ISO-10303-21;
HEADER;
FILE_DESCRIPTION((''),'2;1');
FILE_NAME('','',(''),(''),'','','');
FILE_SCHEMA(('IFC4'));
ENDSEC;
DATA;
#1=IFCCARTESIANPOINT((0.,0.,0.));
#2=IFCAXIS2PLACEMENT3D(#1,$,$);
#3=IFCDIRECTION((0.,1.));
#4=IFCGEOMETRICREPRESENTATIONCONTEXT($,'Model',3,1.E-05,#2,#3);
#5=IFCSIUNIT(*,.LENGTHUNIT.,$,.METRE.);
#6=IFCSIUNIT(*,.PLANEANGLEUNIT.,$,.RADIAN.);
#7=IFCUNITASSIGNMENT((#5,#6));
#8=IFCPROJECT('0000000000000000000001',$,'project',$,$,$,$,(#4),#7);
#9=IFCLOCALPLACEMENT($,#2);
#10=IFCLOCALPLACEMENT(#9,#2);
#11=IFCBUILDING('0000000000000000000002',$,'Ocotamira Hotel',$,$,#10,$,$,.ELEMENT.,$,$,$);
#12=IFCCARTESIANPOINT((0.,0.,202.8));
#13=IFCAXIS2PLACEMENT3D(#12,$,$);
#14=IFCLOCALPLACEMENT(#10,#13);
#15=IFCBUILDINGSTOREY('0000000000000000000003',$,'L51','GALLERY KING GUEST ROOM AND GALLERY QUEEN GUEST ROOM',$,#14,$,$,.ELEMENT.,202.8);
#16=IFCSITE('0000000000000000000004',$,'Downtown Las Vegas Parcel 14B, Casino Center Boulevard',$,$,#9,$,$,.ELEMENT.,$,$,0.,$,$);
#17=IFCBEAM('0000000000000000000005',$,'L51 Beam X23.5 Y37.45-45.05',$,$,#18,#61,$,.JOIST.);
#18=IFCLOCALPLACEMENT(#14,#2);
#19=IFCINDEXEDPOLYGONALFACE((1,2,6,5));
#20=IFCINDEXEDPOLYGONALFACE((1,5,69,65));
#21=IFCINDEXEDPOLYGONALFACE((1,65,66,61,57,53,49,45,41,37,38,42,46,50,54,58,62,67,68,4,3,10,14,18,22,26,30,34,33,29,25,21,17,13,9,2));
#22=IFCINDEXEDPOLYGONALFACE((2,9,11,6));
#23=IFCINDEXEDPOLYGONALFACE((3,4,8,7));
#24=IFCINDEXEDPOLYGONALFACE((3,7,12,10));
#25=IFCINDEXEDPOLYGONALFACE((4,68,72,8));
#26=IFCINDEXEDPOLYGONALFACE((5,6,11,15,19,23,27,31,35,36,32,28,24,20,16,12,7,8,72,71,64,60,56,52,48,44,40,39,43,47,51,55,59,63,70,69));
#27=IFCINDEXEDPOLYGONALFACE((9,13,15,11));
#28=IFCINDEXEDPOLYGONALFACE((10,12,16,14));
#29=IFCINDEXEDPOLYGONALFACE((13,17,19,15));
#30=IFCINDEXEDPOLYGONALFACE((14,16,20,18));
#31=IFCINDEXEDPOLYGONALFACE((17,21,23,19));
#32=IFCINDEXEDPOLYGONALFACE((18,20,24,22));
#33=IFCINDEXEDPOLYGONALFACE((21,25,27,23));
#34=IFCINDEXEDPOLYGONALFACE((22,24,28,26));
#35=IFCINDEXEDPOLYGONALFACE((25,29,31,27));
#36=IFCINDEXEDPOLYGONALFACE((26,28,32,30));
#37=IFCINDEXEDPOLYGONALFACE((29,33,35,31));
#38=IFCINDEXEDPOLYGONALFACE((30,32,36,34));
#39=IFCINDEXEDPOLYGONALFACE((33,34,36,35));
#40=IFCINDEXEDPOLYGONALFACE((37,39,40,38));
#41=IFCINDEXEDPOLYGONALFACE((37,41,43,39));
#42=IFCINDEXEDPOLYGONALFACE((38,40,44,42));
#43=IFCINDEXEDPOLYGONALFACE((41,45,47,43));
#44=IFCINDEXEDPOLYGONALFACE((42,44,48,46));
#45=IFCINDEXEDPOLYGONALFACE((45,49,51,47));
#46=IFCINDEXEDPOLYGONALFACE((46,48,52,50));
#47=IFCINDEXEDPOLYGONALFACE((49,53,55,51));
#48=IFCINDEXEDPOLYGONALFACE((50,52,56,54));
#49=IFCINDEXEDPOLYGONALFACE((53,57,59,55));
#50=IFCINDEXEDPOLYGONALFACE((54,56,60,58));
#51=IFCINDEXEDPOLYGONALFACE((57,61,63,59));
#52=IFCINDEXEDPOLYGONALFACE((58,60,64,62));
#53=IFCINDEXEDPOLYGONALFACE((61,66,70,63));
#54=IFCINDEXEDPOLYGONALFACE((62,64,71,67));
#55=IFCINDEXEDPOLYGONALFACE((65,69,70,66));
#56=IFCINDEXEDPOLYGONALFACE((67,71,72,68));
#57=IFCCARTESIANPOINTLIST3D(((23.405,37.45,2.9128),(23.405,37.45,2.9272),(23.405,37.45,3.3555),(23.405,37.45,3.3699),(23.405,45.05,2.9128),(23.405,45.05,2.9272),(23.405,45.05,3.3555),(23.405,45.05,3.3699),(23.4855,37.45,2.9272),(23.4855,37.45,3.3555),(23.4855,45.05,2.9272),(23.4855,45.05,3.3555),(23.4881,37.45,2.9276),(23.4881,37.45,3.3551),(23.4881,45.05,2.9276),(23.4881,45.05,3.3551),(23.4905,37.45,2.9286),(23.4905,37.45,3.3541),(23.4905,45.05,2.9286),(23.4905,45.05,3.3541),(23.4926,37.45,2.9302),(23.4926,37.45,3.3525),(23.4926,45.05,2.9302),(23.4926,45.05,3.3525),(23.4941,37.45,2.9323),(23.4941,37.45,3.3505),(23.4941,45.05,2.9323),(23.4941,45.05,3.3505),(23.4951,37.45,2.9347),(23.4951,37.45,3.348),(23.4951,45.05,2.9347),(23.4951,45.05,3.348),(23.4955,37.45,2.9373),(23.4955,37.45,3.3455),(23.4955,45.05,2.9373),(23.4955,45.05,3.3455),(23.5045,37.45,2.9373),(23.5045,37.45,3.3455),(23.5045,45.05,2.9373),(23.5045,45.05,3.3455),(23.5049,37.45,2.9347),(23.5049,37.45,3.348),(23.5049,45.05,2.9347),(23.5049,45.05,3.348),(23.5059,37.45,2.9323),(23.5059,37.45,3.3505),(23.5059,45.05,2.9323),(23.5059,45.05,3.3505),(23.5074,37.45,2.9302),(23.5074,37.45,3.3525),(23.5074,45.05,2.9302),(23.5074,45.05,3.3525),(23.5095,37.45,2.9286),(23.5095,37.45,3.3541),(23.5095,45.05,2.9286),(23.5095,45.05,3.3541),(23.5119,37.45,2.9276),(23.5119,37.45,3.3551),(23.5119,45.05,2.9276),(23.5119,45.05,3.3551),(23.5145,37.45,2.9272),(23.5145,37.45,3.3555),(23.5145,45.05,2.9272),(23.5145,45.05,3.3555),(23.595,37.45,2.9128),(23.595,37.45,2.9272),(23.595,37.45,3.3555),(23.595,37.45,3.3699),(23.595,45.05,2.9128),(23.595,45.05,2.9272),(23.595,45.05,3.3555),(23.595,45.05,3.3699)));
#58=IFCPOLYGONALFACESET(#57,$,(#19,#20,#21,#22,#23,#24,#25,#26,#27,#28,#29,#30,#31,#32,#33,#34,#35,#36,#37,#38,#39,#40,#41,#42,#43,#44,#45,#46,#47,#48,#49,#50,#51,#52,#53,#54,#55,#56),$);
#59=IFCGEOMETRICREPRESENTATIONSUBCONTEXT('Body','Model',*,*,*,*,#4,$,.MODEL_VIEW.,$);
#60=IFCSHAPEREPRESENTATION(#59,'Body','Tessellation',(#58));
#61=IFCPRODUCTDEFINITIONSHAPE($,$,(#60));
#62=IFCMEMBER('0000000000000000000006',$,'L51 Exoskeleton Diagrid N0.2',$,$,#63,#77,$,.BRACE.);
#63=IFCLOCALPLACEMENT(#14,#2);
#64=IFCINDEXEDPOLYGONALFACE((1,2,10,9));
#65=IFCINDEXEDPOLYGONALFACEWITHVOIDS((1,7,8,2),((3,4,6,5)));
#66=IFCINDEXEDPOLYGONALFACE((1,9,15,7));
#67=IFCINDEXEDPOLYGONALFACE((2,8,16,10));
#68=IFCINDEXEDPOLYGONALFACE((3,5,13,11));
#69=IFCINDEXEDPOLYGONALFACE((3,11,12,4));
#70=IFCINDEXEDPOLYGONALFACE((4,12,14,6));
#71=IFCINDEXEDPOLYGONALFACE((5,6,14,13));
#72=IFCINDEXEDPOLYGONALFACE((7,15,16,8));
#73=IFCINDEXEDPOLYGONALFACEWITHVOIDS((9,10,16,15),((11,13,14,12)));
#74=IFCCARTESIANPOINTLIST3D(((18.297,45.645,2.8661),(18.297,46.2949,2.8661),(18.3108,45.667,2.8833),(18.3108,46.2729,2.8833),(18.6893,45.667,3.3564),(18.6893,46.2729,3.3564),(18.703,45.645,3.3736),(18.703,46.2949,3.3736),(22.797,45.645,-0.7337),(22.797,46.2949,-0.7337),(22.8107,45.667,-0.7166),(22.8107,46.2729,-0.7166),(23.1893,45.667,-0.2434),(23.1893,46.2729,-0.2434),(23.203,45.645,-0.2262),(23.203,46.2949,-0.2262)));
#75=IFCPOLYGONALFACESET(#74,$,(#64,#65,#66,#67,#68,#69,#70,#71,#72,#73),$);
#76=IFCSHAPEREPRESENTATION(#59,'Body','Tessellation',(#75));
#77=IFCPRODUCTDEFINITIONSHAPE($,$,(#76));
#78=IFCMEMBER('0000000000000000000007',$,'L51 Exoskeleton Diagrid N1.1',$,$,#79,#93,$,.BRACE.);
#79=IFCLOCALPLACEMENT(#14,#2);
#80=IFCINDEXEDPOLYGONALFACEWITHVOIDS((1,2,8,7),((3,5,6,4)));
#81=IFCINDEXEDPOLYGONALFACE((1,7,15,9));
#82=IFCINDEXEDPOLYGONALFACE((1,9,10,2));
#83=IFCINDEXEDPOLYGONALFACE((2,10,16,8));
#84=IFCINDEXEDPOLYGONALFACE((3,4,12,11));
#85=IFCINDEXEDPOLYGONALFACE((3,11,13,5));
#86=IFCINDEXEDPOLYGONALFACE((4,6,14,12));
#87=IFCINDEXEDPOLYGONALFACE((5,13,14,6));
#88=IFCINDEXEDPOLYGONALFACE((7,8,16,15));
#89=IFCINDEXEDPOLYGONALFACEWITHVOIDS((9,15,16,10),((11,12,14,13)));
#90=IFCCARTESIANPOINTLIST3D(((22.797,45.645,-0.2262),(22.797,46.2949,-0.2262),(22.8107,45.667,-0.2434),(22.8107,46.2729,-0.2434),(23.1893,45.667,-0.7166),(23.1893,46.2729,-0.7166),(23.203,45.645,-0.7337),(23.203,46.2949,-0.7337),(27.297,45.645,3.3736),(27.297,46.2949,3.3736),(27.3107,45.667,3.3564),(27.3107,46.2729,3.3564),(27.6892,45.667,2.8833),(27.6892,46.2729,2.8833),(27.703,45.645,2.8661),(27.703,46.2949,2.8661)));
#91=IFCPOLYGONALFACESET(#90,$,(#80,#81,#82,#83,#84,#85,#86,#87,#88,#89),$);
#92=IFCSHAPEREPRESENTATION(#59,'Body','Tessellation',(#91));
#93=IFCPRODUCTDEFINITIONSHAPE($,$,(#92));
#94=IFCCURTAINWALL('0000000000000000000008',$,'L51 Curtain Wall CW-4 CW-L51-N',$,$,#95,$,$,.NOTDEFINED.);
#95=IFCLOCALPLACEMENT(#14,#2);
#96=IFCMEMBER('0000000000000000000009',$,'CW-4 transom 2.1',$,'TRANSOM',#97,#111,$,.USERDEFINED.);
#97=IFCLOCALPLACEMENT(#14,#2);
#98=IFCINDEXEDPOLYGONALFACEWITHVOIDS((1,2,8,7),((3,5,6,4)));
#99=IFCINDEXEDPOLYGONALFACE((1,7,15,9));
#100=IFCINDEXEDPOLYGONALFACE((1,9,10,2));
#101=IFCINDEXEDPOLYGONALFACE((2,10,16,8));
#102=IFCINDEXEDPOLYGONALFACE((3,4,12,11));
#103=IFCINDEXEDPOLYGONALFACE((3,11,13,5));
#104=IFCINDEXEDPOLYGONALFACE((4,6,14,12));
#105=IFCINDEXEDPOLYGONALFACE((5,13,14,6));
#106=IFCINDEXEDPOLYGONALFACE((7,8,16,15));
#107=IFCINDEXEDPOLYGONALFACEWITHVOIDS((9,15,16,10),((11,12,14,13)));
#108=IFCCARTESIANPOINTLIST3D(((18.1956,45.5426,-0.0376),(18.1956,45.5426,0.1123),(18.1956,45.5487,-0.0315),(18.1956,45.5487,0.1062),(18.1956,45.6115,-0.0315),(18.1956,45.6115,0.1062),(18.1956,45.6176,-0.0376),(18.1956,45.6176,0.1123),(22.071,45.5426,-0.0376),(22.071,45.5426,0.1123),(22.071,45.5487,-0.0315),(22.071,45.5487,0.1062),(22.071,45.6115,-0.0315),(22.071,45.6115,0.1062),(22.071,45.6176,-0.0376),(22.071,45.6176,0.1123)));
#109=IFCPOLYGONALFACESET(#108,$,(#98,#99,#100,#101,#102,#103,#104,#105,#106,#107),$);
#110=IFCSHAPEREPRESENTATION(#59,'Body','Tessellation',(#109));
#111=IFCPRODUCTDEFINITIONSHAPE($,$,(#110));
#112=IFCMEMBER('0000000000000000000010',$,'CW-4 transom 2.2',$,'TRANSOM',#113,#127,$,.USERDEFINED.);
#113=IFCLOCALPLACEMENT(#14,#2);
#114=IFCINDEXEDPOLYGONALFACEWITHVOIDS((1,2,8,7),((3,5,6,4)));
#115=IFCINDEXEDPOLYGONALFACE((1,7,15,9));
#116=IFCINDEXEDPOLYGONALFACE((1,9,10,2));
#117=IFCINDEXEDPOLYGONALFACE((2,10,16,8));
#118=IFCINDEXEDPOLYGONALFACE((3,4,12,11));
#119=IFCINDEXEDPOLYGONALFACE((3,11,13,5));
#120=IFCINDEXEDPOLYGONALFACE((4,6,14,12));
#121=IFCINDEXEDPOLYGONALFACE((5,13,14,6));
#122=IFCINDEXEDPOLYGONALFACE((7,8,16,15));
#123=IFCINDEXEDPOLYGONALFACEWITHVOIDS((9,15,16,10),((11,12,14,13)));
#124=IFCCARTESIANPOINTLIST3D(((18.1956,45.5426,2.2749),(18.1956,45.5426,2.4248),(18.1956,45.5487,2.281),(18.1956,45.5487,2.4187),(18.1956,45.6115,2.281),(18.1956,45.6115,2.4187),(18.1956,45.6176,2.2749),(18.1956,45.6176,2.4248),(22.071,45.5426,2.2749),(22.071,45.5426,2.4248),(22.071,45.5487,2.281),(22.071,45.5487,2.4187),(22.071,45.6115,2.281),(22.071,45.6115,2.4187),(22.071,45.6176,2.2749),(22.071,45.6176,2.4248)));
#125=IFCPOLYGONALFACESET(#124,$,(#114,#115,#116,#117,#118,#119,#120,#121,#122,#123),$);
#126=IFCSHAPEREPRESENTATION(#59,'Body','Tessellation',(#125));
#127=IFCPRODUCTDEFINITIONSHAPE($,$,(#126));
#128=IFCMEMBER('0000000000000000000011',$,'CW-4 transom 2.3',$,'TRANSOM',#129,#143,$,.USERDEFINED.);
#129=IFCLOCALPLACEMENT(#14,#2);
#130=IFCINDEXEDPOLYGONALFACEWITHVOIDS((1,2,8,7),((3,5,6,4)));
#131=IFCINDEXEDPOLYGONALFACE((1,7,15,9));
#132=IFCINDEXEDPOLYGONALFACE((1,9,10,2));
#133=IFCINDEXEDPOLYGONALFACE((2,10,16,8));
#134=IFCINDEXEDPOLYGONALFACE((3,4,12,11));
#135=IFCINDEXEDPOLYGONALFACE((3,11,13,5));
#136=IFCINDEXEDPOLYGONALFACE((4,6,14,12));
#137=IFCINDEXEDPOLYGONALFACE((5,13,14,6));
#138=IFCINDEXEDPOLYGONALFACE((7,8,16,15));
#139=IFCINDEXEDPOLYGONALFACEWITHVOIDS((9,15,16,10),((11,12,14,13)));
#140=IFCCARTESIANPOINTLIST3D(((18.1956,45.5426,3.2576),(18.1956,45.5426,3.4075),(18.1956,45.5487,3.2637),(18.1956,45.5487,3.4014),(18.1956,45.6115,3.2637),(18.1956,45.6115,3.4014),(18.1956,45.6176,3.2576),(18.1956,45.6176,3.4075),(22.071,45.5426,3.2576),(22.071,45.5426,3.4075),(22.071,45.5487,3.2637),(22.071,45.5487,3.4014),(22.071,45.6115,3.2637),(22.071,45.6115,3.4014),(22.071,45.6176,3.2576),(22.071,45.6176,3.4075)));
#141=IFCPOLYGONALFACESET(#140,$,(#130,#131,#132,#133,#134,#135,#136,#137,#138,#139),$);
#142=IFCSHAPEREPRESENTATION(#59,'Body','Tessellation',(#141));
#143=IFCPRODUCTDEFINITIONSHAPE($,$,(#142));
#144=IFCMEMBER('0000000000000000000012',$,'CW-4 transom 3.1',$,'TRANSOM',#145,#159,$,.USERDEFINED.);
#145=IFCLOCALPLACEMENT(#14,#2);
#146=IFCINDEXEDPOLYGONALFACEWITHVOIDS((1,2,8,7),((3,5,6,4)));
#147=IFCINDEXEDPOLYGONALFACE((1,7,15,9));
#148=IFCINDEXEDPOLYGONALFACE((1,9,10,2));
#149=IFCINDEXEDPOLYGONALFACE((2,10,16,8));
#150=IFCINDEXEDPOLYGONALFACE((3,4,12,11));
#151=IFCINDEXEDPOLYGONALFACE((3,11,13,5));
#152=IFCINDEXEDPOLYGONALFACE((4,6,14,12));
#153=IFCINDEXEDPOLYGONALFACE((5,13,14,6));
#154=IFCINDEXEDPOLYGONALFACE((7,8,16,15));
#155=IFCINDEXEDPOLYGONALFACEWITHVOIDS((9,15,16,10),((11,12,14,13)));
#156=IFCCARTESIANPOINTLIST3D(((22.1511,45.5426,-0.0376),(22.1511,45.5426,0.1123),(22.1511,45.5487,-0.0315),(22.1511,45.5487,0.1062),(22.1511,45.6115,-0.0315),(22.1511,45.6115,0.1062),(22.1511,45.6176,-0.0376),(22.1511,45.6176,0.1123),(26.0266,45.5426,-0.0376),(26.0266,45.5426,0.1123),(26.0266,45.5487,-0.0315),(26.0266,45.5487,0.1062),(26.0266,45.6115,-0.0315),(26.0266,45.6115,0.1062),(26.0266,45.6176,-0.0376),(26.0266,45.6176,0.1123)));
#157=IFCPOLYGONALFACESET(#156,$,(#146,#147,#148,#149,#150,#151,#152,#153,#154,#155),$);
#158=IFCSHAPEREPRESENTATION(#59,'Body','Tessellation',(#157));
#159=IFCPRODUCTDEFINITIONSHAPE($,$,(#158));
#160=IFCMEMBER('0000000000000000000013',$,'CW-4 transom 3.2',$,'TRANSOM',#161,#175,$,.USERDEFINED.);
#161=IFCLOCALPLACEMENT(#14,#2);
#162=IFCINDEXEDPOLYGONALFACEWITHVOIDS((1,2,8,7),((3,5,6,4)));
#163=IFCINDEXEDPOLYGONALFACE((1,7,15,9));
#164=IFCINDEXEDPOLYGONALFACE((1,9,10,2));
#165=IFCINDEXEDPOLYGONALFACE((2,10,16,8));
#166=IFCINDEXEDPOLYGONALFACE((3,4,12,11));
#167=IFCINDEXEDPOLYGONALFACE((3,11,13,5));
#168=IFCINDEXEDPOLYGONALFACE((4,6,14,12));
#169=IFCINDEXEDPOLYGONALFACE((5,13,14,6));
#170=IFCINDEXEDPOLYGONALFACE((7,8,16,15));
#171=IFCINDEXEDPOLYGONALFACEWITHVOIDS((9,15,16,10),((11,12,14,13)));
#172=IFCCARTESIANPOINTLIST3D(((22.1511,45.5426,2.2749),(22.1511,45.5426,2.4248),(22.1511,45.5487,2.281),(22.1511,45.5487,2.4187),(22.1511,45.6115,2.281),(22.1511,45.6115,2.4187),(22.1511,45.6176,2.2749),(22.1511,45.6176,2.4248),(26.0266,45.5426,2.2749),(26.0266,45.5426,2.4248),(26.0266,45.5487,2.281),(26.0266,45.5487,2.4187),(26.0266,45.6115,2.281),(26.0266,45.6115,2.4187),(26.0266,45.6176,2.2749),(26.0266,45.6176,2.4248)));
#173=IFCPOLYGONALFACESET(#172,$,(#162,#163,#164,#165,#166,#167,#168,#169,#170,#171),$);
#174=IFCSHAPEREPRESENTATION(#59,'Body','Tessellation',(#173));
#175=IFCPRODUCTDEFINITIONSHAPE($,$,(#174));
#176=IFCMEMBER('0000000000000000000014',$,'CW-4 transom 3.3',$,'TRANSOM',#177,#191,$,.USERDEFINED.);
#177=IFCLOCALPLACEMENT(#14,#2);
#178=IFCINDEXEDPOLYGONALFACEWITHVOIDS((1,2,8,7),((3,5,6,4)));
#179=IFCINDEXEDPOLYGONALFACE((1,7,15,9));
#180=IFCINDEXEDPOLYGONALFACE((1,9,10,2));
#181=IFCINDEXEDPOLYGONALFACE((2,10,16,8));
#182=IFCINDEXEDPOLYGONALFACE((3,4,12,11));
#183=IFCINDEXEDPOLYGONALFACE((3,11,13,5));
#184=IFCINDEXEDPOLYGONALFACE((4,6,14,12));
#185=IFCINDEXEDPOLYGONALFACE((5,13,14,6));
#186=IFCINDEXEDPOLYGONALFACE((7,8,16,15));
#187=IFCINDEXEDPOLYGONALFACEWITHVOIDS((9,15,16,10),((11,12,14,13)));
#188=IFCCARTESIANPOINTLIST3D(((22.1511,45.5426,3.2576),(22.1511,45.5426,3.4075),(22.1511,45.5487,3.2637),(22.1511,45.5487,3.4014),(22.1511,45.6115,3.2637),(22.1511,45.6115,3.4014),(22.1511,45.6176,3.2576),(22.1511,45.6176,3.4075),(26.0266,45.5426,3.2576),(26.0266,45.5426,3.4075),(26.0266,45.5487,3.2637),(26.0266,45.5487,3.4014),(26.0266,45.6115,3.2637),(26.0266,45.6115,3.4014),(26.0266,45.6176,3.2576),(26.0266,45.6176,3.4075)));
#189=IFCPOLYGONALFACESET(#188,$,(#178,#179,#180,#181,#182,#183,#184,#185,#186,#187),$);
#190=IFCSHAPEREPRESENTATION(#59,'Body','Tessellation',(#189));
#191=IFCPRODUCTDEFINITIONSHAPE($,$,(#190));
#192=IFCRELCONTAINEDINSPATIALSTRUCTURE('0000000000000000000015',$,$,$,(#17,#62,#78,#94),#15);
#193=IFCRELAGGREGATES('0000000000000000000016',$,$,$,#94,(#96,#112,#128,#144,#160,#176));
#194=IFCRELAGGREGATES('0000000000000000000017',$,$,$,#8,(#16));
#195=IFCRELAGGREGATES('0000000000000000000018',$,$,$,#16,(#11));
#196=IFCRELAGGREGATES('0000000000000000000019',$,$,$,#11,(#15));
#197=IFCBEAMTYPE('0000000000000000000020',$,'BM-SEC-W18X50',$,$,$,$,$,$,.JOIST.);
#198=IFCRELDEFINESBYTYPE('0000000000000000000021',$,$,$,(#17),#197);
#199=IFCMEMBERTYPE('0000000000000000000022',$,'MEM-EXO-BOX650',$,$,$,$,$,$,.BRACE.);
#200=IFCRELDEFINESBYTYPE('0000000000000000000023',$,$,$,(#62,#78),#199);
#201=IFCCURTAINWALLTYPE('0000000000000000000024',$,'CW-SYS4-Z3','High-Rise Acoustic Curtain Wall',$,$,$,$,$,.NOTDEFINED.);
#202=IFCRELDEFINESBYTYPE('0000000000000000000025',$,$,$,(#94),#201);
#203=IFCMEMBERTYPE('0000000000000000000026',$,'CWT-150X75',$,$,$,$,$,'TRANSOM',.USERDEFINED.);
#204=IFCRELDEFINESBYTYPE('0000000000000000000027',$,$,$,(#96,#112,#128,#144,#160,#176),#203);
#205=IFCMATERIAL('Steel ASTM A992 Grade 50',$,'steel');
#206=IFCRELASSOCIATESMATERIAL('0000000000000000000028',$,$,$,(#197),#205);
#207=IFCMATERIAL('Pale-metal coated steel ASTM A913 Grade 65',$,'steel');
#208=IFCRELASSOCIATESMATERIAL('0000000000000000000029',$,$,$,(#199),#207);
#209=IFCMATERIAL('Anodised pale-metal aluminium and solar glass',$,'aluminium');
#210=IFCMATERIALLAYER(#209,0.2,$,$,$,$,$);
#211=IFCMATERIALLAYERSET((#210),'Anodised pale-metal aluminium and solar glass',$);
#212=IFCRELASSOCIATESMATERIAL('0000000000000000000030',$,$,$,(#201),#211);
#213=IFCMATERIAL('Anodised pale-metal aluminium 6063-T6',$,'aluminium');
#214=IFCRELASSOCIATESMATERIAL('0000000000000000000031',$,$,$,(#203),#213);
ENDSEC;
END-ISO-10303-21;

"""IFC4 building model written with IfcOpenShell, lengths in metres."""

from ifc_helpers import new_model, si_unit, direction, frame, origin, origin_2d, place, context, subcontext, project, spatial, hollow_rectangle, i_section, extrude, source, transform, mapped, material, layer, layer_set, material_profile, profile_set, type_object, element, aggregate, save


model = new_model("IFC4")

# Units and contexts
model_context = context("Model", 3, precision=1e-05, world=origin(), true_north=direction((0.0, 1.0)))
body_context = subcontext(model_context, "Body", "Model", "MODEL_VIEW")
ifc_project = project(units=[si_unit("LENGTHUNIT", "METRE"), si_unit("PLANEANGLEUNIT", "RADIAN")], contexts=[model_context])

# Site, building, storey
site_placement = place(None, origin())
site = spatial("IfcSite", under=ifc_project, at=site_placement, Name="Downtown Las Vegas Parcel 14B, Casino Center Boulevard", CompositionType="ELEMENT", RefElevation=0.0)
building_placement = place(site_placement, origin())
building = spatial("IfcBuilding", under=site, at=building_placement, Name="Ocotamira Hotel", CompositionType="ELEMENT")
storey_placement = place(building_placement, frame((0.0, 0.0, 202.8)))
storey = spatial("IfcBuildingStorey", under=building, at=storey_placement, Name="L51", Description="GALLERY KING GUEST ROOM AND GALLERY QUEEN GUEST ROOM", CompositionType="ELEMENT", Elevation=202.8)

# Beam
ifc_material_1 = material(Name="Steel ASTM A992 Grade 50", Category="steel")
ifc_material_profile_1 = material_profile(ifc_material_1, i_section(OverallWidth=0.1899, OverallDepth=0.457, WebThickness=0.009, FlangeThickness=0.0144, FilletRadius=0.01, at=origin_2d()), Name="W18X50")
ifc_profile_set_1 = profile_set([ifc_material_profile_1], Name="Steel ASTM A992 Grade 50")
beam_type_1 = type_object("IfcBeamType", Name="BM-SEC-W18X50", PredefinedType="JOIST", material=ifc_profile_set_1)
shared_shape_1 = source(origin(), body_context, "Body", "SweptSolid", [
    extrude(i_section(OverallWidth=0.1899, OverallDepth=0.457, WebThickness=0.009, FlangeThickness=0.0144, FilletRadius=0.01, at=origin_2d()), origin(), (0.0, 0.0, 1.0), 7.6001),
])
beam_1_placement = place(storey_placement, frame((23.5, 37.45, 3.1414), z_axis=(0.0, 1.0, 0.0), x_axis=(-1.0, 0.0, 0.0)))
element("IfcBeam", 1, at=beam_1_placement, inside=storey, type_object=beam_type_1, Name="L51 Beam X23.5 Y37.45-45.05", PredefinedType="JOIST", context=body_context, shape_type="MappedRepresentation", body=[
    mapped(shared_shape_1, transform((0.0, 0.0, 0.0), scale=1.0)),
])

# Members
ifc_material_2 = material(Name="Pale-metal coated steel ASTM A913 Grade 65", Category="steel")
ifc_material_profile_2 = material_profile(ifc_material_2, hollow_rectangle(XDim=0.6499, YDim=0.6499, WallThickness=0.022, at=origin_2d()), Name="BOX650X650X22")
ifc_profile_set_2 = profile_set([ifc_material_profile_2], Name="Pale-metal coated steel ASTM A913 Grade 65")
member_type_1 = type_object("IfcMemberType", Name="MEM-EXO-BOX650", PredefinedType="BRACE", material=ifc_profile_set_2)
shared_shape_2 = source(origin(), body_context, "Body", "SweptSolid", [
    extrude(hollow_rectangle(XDim=0.6499, YDim=0.6499, WallThickness=0.022, at=origin_2d()), origin(), (0.0, 0.0, 1.0), 5.7627),
])
for number, where, z_axis, x_axis, name in (
    (2, (23.0, 45.97, -0.48), (-0.780881, 0.0, 0.62468), (0.0, -1.0, 0.0), "L51 Exoskeleton Diagrid N0.2"),
    (3, (23.0, 45.97, -0.48), (0.780881, 0.0, 0.62468), (0.0, 1.0, 0.0), "L51 Exoskeleton Diagrid N1.1"),
):
    element("IfcMember", number, at=place(storey_placement, frame(where, z_axis=z_axis, x_axis=x_axis)), inside=storey, type_object=member_type_1, Name=name, PredefinedType="BRACE", context=body_context, shape_type="MappedRepresentation", body=[
        mapped(shared_shape_2, transform((0.0, 0.0, 0.0), scale=1.0)),
    ])

# Curtain wall, members
ifc_material_3 = material(Name="Anodised pale-metal aluminium and solar glass", Category="aluminium")
ifc_layer_1 = layer(ifc_material_3, 0.2)
ifc_layer_set_1 = layer_set([ifc_layer_1], Name="Anodised pale-metal aluminium and solar glass")
curtain_wall_type = type_object("IfcCurtainWallType", Name="CW-SYS4-Z3", Description="High-Rise Acoustic Curtain Wall", PredefinedType="NOTDEFINED", material=ifc_layer_set_1)
curtain_wall_placement = place(storey_placement, origin())
curtain_wall = element("IfcCurtainWall", 4, at=curtain_wall_placement, inside=storey, type_object=curtain_wall_type, Name="L51 Curtain Wall CW-4 CW-L51-N", PredefinedType="NOTDEFINED")
ifc_material_4 = material(Name="Anodised pale-metal aluminium 6063-T6", Category="aluminium")
ifc_material_profile_3 = material_profile(ifc_material_4, hollow_rectangle(XDim=0.075, YDim=0.1499, WallThickness=0.0061, at=origin_2d()), Name="HSS150X75X6")
ifc_profile_set_3 = profile_set([ifc_material_profile_3], Name="Anodised pale-metal aluminium 6063-T6")
member_type_2 = type_object("IfcMemberType", Name="CWT-150X75", ElementType="TRANSOM", PredefinedType="USERDEFINED", material=ifc_profile_set_3)
shared_shape_3 = source(origin(), body_context, "Body", "SweptSolid", [
    extrude(hollow_rectangle(XDim=0.075, YDim=0.1499, WallThickness=0.0061, at=origin_2d()), origin(), (0.0, 0.0, 1.0), 3.8755),
])
member_1_placement = place(storey_placement, frame((18.1956, 45.5801, 0.0374), z_axis=(1.0, 0.0, 0.0), x_axis=(0.0, 1.0, 0.0)))
member_1 = element("IfcMember", 5, at=member_1_placement, type_object=member_type_2, Name="CW-4 transom 2.1", ObjectType="TRANSOM", PredefinedType="USERDEFINED", context=body_context, shape_type="MappedRepresentation", body=[
    mapped(shared_shape_3, transform((0.0, 0.0, 0.0), scale=1.0)),
])
member_2_placement = place(storey_placement, frame((18.1956, 45.5801, 2.3499), z_axis=(1.0, 0.0, 0.0), x_axis=(0.0, 1.0, 0.0)))
member_2 = element("IfcMember", 6, at=member_2_placement, type_object=member_type_2, Name="CW-4 transom 2.2", ObjectType="TRANSOM", PredefinedType="USERDEFINED", context=body_context, shape_type="MappedRepresentation", body=[
    mapped(shared_shape_3, transform((0.0, 0.0, 0.0), scale=1.0)),
])
member_3_placement = place(storey_placement, frame((18.1956, 45.5801, 3.3325), z_axis=(1.0, 0.0, 0.0), x_axis=(0.0, 1.0, 0.0)))
member_3 = element("IfcMember", 7, at=member_3_placement, type_object=member_type_2, Name="CW-4 transom 2.3", ObjectType="TRANSOM", PredefinedType="USERDEFINED", context=body_context, shape_type="MappedRepresentation", body=[
    mapped(shared_shape_3, transform((0.0, 0.0, 0.0), scale=1.0)),
])
member_4_placement = place(storey_placement, frame((22.1511, 45.5801, 0.0374), z_axis=(1.0, 0.0, 0.0), x_axis=(0.0, 1.0, 0.0)))
member_4 = element("IfcMember", 8, at=member_4_placement, type_object=member_type_2, Name="CW-4 transom 3.1", ObjectType="TRANSOM", PredefinedType="USERDEFINED", context=body_context, shape_type="MappedRepresentation", body=[
    mapped(shared_shape_3, transform((0.0, 0.0, 0.0), scale=1.0)),
])
member_5_placement = place(storey_placement, frame((22.1511, 45.5801, 2.3499), z_axis=(1.0, 0.0, 0.0), x_axis=(0.0, 1.0, 0.0)))
member_5 = element("IfcMember", 9, at=member_5_placement, type_object=member_type_2, Name="CW-4 transom 3.2", ObjectType="TRANSOM", PredefinedType="USERDEFINED", context=body_context, shape_type="MappedRepresentation", body=[
    mapped(shared_shape_3, transform((0.0, 0.0, 0.0), scale=1.0)),
])
member_6_placement = place(storey_placement, frame((22.1511, 45.5801, 3.3325), z_axis=(1.0, 0.0, 0.0), x_axis=(0.0, 1.0, 0.0)))
member_6 = element("IfcMember", 10, at=member_6_placement, type_object=member_type_2, Name="CW-4 transom 3.3", ObjectType="TRANSOM", PredefinedType="USERDEFINED", context=body_context, shape_type="MappedRepresentation", body=[
    mapped(shared_shape_3, transform((0.0, 0.0, 0.0), scale=1.0)),
])

aggregate(curtain_wall, [member_1, member_2, member_3, member_4, member_5, member_6])

save(model, "model.ifc")
